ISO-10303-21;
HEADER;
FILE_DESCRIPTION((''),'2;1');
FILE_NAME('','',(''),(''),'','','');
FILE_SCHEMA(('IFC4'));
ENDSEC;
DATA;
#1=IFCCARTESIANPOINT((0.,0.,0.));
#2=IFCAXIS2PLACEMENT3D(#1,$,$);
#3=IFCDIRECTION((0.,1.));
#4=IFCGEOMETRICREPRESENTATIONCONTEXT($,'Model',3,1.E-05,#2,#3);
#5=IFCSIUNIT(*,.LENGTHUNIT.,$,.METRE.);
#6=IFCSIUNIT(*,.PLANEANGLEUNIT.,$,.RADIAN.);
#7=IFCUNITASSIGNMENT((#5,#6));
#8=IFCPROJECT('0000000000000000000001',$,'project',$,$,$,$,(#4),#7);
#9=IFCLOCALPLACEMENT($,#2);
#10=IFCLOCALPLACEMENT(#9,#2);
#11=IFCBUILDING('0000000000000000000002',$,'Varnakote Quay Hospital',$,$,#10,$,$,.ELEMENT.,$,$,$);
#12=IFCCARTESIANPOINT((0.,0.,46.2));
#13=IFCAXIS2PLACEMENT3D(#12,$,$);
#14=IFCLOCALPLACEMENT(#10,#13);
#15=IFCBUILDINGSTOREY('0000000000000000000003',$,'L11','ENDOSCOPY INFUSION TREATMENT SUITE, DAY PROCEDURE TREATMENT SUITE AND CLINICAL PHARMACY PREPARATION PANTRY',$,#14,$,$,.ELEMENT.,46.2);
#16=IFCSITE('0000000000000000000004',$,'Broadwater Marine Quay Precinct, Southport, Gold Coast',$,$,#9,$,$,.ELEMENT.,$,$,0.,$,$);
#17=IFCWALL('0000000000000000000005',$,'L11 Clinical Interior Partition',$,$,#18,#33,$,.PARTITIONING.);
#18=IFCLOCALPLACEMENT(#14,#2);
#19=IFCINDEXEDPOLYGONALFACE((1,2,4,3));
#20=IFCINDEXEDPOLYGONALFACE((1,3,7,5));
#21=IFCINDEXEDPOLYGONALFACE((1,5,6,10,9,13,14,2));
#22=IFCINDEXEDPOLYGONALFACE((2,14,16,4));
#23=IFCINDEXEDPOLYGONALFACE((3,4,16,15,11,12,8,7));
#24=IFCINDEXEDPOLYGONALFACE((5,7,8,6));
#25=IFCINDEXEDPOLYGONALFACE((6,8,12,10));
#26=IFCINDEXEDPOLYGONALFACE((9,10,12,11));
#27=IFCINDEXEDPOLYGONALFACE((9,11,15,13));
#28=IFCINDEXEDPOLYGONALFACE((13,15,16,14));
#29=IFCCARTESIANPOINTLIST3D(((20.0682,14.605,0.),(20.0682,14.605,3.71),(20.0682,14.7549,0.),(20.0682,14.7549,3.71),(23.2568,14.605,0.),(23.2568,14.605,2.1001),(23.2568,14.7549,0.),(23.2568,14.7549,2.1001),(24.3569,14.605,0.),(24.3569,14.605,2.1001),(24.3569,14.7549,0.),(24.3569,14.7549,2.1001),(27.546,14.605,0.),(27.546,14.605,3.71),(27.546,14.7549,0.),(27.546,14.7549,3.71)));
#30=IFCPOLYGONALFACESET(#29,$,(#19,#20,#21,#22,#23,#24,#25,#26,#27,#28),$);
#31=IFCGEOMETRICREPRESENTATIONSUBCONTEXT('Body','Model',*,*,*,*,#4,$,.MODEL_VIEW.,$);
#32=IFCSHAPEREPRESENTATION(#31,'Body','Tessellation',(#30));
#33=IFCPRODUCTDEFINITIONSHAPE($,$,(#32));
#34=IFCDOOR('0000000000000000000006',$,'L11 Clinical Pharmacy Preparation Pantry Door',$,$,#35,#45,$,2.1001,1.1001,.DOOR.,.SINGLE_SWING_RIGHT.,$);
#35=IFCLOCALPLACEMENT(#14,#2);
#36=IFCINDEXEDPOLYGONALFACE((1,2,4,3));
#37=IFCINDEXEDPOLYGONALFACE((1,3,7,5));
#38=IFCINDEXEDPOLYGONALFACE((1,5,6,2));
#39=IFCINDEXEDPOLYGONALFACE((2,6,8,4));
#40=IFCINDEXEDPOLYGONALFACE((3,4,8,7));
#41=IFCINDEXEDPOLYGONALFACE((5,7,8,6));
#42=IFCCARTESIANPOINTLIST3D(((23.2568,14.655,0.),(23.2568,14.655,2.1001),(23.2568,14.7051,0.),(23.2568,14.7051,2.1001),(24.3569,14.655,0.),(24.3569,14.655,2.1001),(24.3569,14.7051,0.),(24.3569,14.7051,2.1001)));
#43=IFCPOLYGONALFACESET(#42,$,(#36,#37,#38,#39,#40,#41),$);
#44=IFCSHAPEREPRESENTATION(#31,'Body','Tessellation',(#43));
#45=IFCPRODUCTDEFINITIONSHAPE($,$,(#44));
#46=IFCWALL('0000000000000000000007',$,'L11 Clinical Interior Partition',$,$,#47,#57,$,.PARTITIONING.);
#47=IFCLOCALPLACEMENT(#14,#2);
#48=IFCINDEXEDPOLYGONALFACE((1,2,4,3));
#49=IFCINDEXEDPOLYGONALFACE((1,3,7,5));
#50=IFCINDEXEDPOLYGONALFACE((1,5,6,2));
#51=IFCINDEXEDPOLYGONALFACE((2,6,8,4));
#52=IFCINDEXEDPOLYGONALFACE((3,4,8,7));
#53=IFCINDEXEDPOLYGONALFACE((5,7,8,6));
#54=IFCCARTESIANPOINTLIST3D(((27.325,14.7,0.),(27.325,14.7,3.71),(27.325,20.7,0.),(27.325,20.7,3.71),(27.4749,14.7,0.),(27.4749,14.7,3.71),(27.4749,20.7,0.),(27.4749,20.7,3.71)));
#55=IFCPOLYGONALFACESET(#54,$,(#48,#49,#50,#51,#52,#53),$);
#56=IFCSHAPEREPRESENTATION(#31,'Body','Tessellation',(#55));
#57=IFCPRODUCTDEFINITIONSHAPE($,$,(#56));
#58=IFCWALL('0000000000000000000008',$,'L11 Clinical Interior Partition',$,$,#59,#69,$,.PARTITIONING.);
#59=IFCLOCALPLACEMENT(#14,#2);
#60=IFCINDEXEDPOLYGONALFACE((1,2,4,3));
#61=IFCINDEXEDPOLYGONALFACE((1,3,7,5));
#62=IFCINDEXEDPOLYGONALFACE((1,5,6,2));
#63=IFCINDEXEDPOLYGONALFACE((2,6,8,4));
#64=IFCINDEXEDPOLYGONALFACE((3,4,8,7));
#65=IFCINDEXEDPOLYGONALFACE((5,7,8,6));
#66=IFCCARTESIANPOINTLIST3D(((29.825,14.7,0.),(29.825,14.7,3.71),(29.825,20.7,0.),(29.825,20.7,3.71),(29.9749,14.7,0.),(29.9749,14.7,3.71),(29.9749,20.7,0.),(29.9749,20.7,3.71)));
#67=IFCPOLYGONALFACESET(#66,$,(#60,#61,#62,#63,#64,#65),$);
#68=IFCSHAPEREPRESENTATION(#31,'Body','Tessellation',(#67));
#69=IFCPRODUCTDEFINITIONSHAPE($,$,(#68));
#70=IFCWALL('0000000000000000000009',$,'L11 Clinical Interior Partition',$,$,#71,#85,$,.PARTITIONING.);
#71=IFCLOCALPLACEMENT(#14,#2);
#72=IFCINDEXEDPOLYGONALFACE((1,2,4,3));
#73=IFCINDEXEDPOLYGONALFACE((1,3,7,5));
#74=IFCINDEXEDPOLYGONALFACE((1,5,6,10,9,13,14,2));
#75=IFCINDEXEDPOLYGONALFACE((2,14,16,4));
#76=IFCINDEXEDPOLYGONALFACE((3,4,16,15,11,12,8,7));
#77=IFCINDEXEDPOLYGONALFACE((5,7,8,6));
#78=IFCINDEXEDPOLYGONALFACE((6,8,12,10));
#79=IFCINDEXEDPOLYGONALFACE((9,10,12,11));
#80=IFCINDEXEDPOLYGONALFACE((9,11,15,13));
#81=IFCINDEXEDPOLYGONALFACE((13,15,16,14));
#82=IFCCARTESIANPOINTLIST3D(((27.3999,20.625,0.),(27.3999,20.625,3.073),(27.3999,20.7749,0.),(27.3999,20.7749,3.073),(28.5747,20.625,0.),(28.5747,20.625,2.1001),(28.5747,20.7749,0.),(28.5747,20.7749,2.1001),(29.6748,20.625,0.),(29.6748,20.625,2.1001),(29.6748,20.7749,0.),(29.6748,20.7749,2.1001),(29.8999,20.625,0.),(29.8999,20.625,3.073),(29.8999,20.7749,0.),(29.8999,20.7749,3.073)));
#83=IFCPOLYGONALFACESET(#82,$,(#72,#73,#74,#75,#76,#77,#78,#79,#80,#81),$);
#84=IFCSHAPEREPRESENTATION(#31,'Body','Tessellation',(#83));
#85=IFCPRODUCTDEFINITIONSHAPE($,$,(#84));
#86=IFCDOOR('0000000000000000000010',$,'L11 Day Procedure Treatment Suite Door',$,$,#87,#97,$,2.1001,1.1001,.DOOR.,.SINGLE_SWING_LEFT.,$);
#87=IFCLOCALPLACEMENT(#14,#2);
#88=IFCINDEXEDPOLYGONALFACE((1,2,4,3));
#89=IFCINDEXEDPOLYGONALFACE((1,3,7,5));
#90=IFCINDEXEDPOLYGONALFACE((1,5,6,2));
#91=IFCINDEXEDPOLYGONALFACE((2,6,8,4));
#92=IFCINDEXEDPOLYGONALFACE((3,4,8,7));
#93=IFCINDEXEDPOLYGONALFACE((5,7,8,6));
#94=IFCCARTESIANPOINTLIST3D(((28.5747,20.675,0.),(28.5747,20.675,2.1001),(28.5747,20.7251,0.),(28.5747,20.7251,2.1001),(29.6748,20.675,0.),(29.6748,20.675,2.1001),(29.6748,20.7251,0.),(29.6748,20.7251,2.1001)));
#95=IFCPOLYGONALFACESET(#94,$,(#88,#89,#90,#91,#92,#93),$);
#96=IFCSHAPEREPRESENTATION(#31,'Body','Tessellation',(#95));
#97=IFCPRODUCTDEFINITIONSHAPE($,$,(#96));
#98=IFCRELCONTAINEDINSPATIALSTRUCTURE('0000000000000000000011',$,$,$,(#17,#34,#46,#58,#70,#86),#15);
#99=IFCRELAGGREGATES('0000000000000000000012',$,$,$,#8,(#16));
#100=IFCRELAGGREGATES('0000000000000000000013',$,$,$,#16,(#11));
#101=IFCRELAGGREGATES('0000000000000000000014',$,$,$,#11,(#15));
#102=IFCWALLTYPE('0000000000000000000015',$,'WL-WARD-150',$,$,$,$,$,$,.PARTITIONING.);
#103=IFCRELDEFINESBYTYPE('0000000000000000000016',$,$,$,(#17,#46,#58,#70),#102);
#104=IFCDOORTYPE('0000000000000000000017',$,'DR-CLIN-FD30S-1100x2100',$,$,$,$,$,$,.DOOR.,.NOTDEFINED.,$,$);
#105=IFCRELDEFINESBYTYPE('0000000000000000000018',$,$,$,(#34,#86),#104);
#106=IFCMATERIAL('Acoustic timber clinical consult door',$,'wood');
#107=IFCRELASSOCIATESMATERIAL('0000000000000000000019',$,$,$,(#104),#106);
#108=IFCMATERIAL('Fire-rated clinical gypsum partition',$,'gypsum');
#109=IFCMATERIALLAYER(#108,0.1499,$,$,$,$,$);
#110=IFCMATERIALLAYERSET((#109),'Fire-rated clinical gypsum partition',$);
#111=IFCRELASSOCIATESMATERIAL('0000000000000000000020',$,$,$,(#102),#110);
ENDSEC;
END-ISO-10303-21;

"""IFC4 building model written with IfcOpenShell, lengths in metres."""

from ifc_helpers import new_model, si_unit, direction, frame, frame_2d, origin, place, context, subcontext, project, spatial, rectangle, extrude, material, layer, layer_set, type_object, element, fill, save


model = new_model("IFC4")

# Units and contexts
model_context = context("Model", 3, precision=1e-05, world=origin(), true_north=direction((0.0, 1.0)))
body_context = subcontext(model_context, "Body", "Model", "MODEL_VIEW")
ifc_project = project(units=[si_unit("LENGTHUNIT", "METRE"), si_unit("PLANEANGLEUNIT", "RADIAN")], contexts=[model_context])

# Site, building, storey
site_placement = place(None, origin())
site = spatial("IfcSite", under=ifc_project, at=site_placement, Name="Broadwater Marine Quay Precinct, Southport, Gold Coast", CompositionType="ELEMENT", RefElevation=0.0)
building_placement = place(site_placement, origin())
building = spatial("IfcBuilding", under=site, at=building_placement, Name="Varnakote Quay Hospital", CompositionType="ELEMENT")
storey_placement = place(building_placement, frame((0.0, 0.0, 46.2)))
storey = spatial("IfcBuildingStorey", under=building, at=storey_placement, Name="L11", Description="ENDOSCOPY INFUSION TREATMENT SUITE, DAY PROCEDURE TREATMENT SUITE AND CLINICAL PHARMACY PREPARATION PANTRY", CompositionType="ELEMENT", Elevation=46.2)

# Shared definitions
ifc_material_1 = material(Name="Acoustic timber clinical consult door", Category="wood")
door_type_1 = type_object("IfcDoorType", Name="DR-CLIN-FD30S-1100x2100", OperationType="NOTDEFINED", PredefinedType="DOOR", material=ifc_material_1)

# Wall, opening, door
ifc_material_2 = material(Name="Fire-rated clinical gypsum partition", Category="gypsum")
ifc_layer_1 = layer(ifc_material_2, 0.1499)
ifc_layer_set_1 = layer_set([ifc_layer_1], Name="Fire-rated clinical gypsum partition")
wall_type_1 = type_object("IfcWallType", Name="WL-WARD-150", PredefinedType="PARTITIONING", material=ifc_layer_set_1)
wall_1_placement = place(storey_placement, frame((27.5459, 14.6799, 0.0), z_axis=(0.0, 0.0, 1.0), x_axis=(-1.0, 0.0, 0.0)))
wall_1 = element("IfcWall", 1, at=wall_1_placement, inside=storey, type_object=wall_type_1, Name="L11 Clinical Interior Partition", PredefinedType="PARTITIONING", context=body_context, shape_type="SweptSolid", body=[
    extrude(rectangle(XDim=7.4778, YDim=0.1499, at=frame_2d((3.7388, 0.0))), origin(), (0.0, 0.0, 1.0), 3.71),
])
opening_1_placement = place(wall_1_placement, frame((3.189, 0.0, 0.0)))
opening_1 = element("IfcOpeningElement", 2, at=opening_1_placement, cuts=wall_1, PredefinedType="OPENING", context=body_context, shape_type="SweptSolid", body=[
    extrude(rectangle(XDim=1.1001, YDim=2.1001, at=frame_2d((0.55, 1.05))), frame((0.0, 0.085, 0.0), z_axis=(0.0, -1.0, 0.0), x_axis=(1.0, 0.0, 0.0)), (0.0, 0.0, 1.0), 0.1699),
])
door_1_placement = place(opening_1_placement, origin())
door_1 = element("IfcDoor", 3, at=door_1_placement, inside=storey, type_object=door_type_1, Name="L11 Clinical Pharmacy Preparation Pantry Door", OperationType="SINGLE_SWING_RIGHT", OverallHeight=2.1001, OverallWidth=1.1001, PredefinedType="DOOR", context=body_context, shape_type="SweptSolid", body=[
    extrude(rectangle(XDim=1.1001, YDim=2.1001, at=frame_2d((0.55, 1.05))), frame((0.0, 0.0249, 0.0), z_axis=(0.0, -1.0, 0.0), x_axis=(1.0, 0.0, 0.0)), (0.0, 0.0, 1.0), 0.05),
])
fill(opening_1, door_1)

# Walls
for number, where, z_axis, x_axis, name in (
    (4, (27.3999, 20.7, 0.0), (0.0, 0.0, 1.0), (0.0, -1.0, 0.0), "L11 Clinical Interior Partition"),
    (5, (29.8999, 14.7, 0.0), (0.0, 0.0, 1.0), (0.0, 1.0, 0.0), "L11 Clinical Interior Partition"),
):
    element("IfcWall", number, at=place(storey_placement, frame(where, z_axis=z_axis, x_axis=x_axis)), inside=storey, type_object=wall_type_1, Name=name, PredefinedType="PARTITIONING", context=body_context, shape_type="SweptSolid", body=[
        extrude(rectangle(XDim=6.0, YDim=0.1499, at=frame_2d((3.0, 0.0))), origin(), (0.0, 0.0, 1.0), 3.71),
    ])

# Wall, opening, door
wall_2_placement = place(storey_placement, frame((29.8999, 20.7, 0.0), z_axis=(0.0, 0.0, 1.0), x_axis=(-1.0, 0.0, 0.0)))
wall_2 = element("IfcWall", 6, at=wall_2_placement, inside=storey, type_object=wall_type_1, Name="L11 Clinical Interior Partition", PredefinedType="PARTITIONING", context=body_context, shape_type="SweptSolid", body=[
    extrude(rectangle(XDim=2.5, YDim=0.1499, at=frame_2d((1.25, 0.0))), origin(), (0.0, 0.0, 1.0), 3.073),
])
opening_2_placement = place(wall_2_placement, frame((0.2251, 0.0, 0.0)))
opening_2 = element("IfcOpeningElement", 7, at=opening_2_placement, cuts=wall_2, PredefinedType="OPENING", context=body_context, shape_type="SweptSolid", body=[
    extrude(rectangle(XDim=1.1001, YDim=2.1001, at=frame_2d((0.55, 1.05))), frame((0.0, 0.085, 0.0), z_axis=(0.0, -1.0, 0.0), x_axis=(1.0, 0.0, 0.0)), (0.0, 0.0, 1.0), 0.1699),
])
door_2_placement = place(opening_2_placement, origin())
door_2 = element("IfcDoor", 8, at=door_2_placement, inside=storey, type_object=door_type_1, Name="L11 Day Procedure Treatment Suite Door", OperationType="SINGLE_SWING_LEFT", OverallHeight=2.1001, OverallWidth=1.1001, PredefinedType="DOOR", context=body_context, shape_type="SweptSolid", body=[
    extrude(rectangle(XDim=1.1001, YDim=2.1001, at=frame_2d((0.55, 1.05))), frame((0.0, 0.0249, 0.0), z_axis=(0.0, -1.0, 0.0), x_axis=(1.0, 0.0, 0.0)), (0.0, 0.0, 1.0), 0.05),
])
fill(opening_2, door_2)

save(model, "model.ifc")
